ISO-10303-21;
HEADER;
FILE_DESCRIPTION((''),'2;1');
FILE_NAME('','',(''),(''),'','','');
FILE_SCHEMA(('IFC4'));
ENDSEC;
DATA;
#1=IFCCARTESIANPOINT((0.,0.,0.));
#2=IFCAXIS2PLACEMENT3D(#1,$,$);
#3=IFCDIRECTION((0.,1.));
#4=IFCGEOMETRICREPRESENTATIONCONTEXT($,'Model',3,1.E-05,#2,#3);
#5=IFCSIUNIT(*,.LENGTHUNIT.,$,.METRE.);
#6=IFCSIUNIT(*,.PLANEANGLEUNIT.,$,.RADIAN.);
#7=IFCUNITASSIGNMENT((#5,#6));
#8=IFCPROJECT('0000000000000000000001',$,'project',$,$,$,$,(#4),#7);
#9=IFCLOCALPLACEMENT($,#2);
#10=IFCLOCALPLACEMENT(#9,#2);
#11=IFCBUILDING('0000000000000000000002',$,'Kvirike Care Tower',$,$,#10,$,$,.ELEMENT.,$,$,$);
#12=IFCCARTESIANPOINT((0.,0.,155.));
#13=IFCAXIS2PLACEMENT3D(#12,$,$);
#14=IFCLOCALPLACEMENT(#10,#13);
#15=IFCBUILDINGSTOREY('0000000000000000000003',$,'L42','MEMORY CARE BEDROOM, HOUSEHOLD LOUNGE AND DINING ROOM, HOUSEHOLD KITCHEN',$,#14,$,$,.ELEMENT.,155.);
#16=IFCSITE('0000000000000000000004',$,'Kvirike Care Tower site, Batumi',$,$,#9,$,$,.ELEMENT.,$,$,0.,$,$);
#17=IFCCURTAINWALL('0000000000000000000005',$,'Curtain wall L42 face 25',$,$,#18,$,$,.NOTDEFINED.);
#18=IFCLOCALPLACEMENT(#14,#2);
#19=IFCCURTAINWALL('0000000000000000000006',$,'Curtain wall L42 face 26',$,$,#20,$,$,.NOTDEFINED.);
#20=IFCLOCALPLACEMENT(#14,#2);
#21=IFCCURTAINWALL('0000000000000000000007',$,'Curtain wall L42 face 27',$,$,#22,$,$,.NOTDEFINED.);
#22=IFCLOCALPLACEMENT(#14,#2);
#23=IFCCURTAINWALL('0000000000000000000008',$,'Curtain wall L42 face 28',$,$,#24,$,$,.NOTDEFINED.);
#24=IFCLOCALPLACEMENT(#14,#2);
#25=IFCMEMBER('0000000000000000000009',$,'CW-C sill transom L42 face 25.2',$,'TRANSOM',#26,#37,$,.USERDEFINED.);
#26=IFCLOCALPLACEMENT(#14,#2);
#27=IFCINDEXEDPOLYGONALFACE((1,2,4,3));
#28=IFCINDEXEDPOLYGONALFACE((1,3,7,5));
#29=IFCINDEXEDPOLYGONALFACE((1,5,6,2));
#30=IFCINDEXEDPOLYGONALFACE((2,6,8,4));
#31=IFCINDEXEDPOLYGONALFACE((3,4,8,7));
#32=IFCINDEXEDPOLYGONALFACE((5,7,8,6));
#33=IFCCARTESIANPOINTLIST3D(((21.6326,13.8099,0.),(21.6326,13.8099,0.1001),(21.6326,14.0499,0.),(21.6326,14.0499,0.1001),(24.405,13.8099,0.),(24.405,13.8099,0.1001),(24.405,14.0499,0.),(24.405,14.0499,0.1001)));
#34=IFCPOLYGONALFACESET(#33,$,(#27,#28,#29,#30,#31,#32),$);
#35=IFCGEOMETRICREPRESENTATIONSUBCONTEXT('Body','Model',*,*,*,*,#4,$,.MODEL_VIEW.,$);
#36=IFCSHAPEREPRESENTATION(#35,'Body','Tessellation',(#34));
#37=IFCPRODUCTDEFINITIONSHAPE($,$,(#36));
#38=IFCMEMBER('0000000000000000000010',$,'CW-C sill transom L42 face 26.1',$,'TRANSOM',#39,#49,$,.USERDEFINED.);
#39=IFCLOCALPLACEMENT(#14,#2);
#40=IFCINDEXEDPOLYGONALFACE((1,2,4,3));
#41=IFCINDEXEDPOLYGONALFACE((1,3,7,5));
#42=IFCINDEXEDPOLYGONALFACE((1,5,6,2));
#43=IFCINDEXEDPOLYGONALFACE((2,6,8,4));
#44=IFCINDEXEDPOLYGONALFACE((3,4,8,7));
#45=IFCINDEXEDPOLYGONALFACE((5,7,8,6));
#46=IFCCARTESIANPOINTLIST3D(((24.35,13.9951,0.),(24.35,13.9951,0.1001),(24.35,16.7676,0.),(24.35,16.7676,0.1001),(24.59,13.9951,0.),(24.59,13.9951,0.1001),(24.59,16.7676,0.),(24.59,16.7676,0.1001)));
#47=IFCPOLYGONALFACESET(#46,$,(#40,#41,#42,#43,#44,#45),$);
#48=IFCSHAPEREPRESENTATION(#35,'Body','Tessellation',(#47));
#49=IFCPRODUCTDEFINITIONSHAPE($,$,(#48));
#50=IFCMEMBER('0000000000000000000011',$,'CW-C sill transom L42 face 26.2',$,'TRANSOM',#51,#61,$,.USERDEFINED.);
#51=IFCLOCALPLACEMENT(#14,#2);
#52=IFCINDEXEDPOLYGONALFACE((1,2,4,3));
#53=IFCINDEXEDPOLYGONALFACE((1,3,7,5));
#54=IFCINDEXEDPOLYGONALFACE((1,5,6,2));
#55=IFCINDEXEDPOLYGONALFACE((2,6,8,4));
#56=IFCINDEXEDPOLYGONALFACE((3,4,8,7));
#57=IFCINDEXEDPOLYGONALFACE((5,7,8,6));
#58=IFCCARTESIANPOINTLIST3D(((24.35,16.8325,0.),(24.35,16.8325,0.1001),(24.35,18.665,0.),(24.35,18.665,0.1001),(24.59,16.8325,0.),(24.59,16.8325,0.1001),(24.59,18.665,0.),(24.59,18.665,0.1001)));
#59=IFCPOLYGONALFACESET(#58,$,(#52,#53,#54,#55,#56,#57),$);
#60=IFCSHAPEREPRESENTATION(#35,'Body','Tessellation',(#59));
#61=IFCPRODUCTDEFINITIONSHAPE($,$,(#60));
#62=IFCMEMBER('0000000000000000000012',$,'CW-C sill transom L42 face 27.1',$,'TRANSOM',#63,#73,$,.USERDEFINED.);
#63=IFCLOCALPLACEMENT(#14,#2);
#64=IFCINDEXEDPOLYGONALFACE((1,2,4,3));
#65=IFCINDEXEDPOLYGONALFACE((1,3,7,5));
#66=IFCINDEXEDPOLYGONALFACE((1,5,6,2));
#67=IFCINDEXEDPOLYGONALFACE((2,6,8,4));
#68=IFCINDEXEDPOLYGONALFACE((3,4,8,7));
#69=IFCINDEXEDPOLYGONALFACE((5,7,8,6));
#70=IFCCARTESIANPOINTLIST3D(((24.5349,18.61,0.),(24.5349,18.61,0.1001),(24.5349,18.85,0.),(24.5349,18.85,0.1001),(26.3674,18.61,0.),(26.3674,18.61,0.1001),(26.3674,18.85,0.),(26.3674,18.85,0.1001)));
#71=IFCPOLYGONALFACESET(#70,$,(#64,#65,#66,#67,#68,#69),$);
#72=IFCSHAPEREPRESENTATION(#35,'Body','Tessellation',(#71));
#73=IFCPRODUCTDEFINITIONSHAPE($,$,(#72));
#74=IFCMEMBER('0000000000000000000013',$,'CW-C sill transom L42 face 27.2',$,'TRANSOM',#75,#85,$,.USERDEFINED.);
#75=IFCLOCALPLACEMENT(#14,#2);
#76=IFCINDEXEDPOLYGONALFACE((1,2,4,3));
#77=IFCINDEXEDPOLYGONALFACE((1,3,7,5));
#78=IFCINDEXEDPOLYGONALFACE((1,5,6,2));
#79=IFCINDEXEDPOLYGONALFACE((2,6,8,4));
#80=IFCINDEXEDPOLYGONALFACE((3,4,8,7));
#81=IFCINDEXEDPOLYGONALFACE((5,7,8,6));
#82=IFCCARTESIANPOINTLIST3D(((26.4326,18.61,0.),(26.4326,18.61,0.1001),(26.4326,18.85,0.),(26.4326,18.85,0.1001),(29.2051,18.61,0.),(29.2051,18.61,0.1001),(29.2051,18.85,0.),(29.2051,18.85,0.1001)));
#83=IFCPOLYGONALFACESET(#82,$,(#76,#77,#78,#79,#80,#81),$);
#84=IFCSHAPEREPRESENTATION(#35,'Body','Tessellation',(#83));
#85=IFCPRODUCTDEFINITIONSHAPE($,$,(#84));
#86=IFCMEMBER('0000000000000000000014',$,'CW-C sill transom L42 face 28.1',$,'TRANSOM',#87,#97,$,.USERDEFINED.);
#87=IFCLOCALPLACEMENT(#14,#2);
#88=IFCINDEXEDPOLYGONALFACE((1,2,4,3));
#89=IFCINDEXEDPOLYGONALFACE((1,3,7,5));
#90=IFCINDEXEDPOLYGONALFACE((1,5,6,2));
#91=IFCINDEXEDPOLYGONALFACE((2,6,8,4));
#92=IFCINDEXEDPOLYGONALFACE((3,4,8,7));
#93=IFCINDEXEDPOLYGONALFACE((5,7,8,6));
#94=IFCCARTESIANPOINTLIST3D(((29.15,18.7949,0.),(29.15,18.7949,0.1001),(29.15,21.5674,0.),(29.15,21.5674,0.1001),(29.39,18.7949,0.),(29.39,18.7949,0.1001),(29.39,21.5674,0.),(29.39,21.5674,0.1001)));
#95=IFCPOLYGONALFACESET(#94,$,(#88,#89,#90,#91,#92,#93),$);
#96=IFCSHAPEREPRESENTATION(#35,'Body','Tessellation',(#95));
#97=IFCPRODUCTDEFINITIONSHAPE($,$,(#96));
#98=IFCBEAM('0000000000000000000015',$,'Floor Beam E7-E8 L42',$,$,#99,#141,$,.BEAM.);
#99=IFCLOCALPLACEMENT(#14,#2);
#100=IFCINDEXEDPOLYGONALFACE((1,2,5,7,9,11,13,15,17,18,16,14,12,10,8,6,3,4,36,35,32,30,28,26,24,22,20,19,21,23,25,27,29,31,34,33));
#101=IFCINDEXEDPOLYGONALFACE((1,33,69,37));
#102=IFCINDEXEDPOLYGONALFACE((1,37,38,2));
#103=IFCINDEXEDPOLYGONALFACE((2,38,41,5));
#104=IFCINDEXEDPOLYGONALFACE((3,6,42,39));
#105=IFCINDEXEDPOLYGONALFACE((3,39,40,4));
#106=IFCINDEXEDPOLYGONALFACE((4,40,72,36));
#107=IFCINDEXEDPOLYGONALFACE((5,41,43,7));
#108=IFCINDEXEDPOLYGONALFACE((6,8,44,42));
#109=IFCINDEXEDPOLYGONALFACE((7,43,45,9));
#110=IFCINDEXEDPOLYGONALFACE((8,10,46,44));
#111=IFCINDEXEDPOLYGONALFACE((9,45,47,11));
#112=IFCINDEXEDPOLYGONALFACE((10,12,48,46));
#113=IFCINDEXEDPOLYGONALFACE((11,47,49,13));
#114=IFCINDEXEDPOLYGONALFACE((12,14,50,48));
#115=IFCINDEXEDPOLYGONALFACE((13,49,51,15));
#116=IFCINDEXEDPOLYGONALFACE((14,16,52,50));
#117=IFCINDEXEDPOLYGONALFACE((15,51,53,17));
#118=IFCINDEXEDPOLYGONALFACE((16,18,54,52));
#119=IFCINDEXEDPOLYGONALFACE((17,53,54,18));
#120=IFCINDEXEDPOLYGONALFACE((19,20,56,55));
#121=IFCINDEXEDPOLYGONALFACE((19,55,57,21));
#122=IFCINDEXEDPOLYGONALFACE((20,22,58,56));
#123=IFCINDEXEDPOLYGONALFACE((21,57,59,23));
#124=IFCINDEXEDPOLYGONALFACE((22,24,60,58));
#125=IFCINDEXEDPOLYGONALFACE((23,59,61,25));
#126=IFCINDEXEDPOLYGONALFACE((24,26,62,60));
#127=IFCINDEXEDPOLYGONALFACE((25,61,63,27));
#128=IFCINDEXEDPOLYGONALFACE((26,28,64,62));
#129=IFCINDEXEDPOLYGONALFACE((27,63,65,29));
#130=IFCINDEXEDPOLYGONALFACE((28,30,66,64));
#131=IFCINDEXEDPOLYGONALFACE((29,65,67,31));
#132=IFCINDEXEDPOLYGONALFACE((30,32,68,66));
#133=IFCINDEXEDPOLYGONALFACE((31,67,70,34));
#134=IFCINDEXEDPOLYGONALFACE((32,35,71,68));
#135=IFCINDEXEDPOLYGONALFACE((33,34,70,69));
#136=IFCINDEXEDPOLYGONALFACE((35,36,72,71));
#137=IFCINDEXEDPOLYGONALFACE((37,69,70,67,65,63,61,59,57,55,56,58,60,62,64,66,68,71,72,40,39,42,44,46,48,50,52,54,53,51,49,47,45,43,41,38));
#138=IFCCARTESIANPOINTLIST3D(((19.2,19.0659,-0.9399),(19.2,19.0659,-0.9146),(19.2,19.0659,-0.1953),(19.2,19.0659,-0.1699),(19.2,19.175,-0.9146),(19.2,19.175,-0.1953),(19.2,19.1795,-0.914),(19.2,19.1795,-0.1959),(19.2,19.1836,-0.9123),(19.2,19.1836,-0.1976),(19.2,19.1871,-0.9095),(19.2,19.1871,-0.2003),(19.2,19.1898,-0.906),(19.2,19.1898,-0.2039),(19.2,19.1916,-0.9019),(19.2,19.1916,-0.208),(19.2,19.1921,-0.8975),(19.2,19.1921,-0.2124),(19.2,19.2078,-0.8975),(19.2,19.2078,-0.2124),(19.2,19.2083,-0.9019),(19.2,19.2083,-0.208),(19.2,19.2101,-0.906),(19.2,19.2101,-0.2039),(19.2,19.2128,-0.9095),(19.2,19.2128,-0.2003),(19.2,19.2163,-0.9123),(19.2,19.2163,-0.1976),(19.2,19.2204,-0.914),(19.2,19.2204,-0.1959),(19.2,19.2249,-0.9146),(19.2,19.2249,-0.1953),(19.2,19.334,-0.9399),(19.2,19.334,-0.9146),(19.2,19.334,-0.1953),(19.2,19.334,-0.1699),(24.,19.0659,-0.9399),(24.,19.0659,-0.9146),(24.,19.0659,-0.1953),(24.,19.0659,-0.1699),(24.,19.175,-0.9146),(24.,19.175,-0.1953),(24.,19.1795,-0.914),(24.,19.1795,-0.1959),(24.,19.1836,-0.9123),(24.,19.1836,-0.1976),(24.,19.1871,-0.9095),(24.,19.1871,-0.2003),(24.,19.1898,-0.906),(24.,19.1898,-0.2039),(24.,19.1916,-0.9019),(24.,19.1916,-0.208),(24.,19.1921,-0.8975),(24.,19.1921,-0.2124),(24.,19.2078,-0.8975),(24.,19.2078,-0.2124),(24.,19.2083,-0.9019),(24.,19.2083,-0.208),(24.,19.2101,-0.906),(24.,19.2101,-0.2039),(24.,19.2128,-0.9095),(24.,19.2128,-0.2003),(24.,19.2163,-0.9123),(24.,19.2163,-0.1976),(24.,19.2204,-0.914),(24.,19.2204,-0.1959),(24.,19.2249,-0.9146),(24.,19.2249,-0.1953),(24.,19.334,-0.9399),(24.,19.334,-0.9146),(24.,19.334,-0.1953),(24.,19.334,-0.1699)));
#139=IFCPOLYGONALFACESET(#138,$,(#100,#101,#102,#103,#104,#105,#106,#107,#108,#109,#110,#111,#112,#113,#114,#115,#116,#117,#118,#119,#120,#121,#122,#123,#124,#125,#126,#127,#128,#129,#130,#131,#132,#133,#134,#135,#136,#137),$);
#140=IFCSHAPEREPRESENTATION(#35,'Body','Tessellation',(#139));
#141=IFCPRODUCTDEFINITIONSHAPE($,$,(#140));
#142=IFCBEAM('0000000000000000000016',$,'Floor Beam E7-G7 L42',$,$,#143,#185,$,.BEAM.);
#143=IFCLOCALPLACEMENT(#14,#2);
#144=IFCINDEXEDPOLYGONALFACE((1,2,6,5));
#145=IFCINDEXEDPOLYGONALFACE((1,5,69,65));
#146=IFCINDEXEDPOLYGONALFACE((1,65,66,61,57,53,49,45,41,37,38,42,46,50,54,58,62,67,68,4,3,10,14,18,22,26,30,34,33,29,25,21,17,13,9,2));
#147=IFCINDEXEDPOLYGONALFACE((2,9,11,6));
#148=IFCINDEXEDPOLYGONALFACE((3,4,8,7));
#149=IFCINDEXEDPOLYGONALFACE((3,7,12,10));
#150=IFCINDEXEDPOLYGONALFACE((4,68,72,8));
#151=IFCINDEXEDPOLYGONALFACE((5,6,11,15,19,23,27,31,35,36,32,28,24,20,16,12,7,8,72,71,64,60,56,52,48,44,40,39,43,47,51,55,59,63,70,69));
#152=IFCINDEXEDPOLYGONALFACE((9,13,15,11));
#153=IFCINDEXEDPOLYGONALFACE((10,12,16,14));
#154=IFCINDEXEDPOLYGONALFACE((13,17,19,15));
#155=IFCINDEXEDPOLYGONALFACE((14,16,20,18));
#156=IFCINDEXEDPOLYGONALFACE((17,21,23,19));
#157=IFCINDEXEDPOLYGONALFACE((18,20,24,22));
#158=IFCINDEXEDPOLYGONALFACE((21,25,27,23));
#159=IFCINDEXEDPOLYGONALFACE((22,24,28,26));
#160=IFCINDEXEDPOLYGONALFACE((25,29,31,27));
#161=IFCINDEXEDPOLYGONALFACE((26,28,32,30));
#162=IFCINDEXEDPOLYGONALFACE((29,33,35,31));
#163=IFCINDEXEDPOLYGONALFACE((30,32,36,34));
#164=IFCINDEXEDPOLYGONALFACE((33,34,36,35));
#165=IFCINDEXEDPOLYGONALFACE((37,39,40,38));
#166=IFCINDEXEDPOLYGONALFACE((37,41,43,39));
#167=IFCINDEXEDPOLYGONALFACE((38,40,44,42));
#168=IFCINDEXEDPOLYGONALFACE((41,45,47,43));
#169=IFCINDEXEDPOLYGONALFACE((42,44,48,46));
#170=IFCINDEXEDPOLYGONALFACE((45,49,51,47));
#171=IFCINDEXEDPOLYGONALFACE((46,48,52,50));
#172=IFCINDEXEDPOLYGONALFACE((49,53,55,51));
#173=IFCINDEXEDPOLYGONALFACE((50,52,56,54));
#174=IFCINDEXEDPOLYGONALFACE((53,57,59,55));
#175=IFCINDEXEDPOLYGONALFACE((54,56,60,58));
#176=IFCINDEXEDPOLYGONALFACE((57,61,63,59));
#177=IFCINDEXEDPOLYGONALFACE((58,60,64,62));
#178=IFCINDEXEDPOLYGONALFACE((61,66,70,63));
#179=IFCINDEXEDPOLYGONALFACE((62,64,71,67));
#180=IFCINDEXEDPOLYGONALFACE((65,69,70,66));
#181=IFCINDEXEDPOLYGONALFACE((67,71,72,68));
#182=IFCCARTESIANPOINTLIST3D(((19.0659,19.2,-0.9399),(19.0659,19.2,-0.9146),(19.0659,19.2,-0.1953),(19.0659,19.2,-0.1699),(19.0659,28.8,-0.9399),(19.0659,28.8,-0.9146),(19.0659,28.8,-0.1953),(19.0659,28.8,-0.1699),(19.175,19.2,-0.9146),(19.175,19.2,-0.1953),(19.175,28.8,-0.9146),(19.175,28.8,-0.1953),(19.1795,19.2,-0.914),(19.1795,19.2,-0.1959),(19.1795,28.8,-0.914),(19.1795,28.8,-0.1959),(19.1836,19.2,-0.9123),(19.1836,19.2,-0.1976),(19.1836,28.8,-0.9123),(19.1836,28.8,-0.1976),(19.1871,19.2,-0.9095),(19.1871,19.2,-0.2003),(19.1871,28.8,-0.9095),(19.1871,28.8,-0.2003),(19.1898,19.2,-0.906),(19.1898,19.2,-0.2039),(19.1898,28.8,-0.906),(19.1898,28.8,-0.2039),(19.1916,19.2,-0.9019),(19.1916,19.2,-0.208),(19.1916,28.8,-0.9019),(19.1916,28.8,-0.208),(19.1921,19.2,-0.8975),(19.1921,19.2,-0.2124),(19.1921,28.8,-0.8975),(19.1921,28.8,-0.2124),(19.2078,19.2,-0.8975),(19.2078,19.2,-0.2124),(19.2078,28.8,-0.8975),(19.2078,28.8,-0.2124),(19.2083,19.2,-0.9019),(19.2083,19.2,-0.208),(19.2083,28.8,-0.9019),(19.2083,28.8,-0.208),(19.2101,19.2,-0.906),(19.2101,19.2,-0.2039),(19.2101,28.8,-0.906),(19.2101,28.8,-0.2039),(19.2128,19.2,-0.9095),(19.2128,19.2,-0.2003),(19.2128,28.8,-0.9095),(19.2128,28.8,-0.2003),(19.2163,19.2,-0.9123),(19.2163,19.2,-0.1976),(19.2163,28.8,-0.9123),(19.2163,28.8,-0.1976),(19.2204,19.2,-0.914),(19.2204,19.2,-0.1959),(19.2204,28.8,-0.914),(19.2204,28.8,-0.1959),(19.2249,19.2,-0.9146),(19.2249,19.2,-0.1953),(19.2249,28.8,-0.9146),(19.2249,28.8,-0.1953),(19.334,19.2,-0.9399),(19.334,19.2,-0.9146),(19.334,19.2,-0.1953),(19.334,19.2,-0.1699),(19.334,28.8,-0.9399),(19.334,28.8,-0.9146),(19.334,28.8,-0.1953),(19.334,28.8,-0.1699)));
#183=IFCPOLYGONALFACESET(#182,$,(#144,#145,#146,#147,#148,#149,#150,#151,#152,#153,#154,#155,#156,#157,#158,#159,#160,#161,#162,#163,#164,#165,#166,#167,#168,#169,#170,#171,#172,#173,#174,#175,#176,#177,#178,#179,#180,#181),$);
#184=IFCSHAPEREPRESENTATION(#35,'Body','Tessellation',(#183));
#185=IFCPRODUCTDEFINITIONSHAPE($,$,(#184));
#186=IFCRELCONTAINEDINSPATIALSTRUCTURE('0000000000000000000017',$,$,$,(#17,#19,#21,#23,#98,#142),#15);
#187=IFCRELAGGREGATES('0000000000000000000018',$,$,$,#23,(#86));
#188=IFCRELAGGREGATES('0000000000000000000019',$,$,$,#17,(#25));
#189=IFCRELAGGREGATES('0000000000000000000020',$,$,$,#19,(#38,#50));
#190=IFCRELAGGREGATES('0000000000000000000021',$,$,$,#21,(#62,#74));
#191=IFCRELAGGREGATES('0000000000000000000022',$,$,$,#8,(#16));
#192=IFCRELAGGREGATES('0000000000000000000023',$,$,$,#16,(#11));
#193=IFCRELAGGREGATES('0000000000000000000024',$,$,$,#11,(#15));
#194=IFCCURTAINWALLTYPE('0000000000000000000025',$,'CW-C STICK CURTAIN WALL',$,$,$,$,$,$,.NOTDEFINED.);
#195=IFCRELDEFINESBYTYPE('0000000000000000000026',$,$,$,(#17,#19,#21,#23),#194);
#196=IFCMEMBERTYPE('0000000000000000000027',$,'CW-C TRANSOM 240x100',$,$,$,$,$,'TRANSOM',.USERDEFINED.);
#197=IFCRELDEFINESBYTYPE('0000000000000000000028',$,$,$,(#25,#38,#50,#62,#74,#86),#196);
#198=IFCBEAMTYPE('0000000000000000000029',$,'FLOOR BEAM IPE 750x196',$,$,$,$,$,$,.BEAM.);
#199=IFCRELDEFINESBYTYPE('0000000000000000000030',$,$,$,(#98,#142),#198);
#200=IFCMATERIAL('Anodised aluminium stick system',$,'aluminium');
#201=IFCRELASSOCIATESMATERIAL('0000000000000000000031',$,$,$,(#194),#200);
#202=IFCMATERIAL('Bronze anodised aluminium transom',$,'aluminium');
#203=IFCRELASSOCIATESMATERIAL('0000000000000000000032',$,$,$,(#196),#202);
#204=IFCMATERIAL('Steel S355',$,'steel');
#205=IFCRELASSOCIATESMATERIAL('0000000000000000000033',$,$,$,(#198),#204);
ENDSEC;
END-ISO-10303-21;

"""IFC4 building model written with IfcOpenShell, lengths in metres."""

from ifc_helpers import new_model, si_unit, direction, frame, origin, origin_2d, place, context, subcontext, project, spatial, rectangle, i_section, extrude, material, material_profile, profile_set, type_object, element, aggregate, save


model = new_model("IFC4")

# Units and contexts
model_context = context("Model", 3, precision=1e-05, world=origin(), true_north=direction((0.0, 1.0)))
body_context = subcontext(model_context, "Body", "Model", "MODEL_VIEW")
ifc_project = project(units=[si_unit("LENGTHUNIT", "METRE"), si_unit("PLANEANGLEUNIT", "RADIAN")], contexts=[model_context])

# Site, building, storey
site_placement = place(None, origin())
site = spatial("IfcSite", under=ifc_project, at=site_placement, Name="Kvirike Care Tower site, Batumi", CompositionType="ELEMENT", RefElevation=0.0)
building_placement = place(site_placement, origin())
building = spatial("IfcBuilding", under=site, at=building_placement, Name="Kvirike Care Tower", CompositionType="ELEMENT")
storey_placement = place(building_placement, frame((0.0, 0.0, 155.0)))
storey = spatial("IfcBuildingStorey", under=building, at=storey_placement, Name="L42", Description="MEMORY CARE BEDROOM, HOUSEHOLD LOUNGE AND DINING ROOM, HOUSEHOLD KITCHEN", CompositionType="ELEMENT", Elevation=155.0)

# Curtain walls
ifc_material_1 = material(Name="Anodised aluminium stick system", Category="aluminium")
curtain_wall_type = type_object("IfcCurtainWallType", Name="CW-C STICK CURTAIN WALL", PredefinedType="NOTDEFINED", material=ifc_material_1)
curtain_wall_1_placement = place(storey_placement, origin())
curtain_wall_1 = element("IfcCurtainWall", 1, at=curtain_wall_1_placement, inside=storey, type_object=curtain_wall_type, Name="Curtain wall L42 face 25", PredefinedType="NOTDEFINED")
curtain_wall_2_placement = place(storey_placement, origin())
curtain_wall_2 = element("IfcCurtainWall", 2, at=curtain_wall_2_placement, inside=storey, type_object=curtain_wall_type, Name="Curtain wall L42 face 26", PredefinedType="NOTDEFINED")
curtain_wall_3_placement = place(storey_placement, origin())
curtain_wall_3 = element("IfcCurtainWall", 3, at=curtain_wall_3_placement, inside=storey, type_object=curtain_wall_type, Name="Curtain wall L42 face 27", PredefinedType="NOTDEFINED")

# Curtain wall
curtain_wall_4_placement = place(storey_placement, origin())
curtain_wall_4 = element("IfcCurtainWall", 4, at=curtain_wall_4_placement, inside=storey, type_object=curtain_wall_type, Name="Curtain wall L42 face 28", PredefinedType="NOTDEFINED")

# Members
ifc_material_2 = material(Name="Bronze anodised aluminium transom", Category="aluminium")
ifc_material_profile_1 = material_profile(ifc_material_2, rectangle(XDim=0.24, YDim=0.1001, at=origin_2d()), Name="CW-C TRANSOM 240x100")
ifc_profile_set_1 = profile_set([ifc_material_profile_1], Name="Bronze anodised aluminium transom")
member_type_1 = type_object("IfcMemberType", Name="CW-C TRANSOM 240x100", ElementType="TRANSOM", PredefinedType="USERDEFINED", material=ifc_profile_set_1)
member_1_placement = place(storey_placement, frame((21.6326, 13.9299, 0.05), z_axis=(1.0, 0.0, 0.0), x_axis=(0.0, 1.0, 0.0)))
member_1 = element("IfcMember", 5, at=member_1_placement, type_object=member_type_1, Name="CW-C sill transom L42 face 25.2", ObjectType="TRANSOM", PredefinedType="USERDEFINED", context=body_context, shape_type="SweptSolid", body=[
    extrude(rectangle(XDim=0.24, YDim=0.1001, at=origin_2d()), origin(), (0.0, 0.0, 1.0), 2.7725),
])
member_2_placement = place(storey_placement, frame((24.47, 13.9951, 0.05), z_axis=(0.0, 1.0, 0.0), x_axis=(-1.0, 0.0, 0.0)))
member_2 = element("IfcMember", 6, at=member_2_placement, type_object=member_type_1, Name="CW-C sill transom L42 face 26.1", ObjectType="TRANSOM", PredefinedType="USERDEFINED", context=body_context, shape_type="SweptSolid", body=[
    extrude(rectangle(XDim=0.24, YDim=0.1001, at=origin_2d()), origin(), (0.0, 0.0, 1.0), 2.7725),
])
member_3_placement = place(storey_placement, frame((24.47, 16.8325, 0.05), z_axis=(0.0, 1.0, 0.0), x_axis=(-1.0, 0.0, 0.0)))
member_3 = element("IfcMember", 7, at=member_3_placement, type_object=member_type_1, Name="CW-C sill transom L42 face 26.2", ObjectType="TRANSOM", PredefinedType="USERDEFINED", context=body_context, shape_type="SweptSolid", body=[
    extrude(rectangle(XDim=0.24, YDim=0.1001, at=origin_2d()), origin(), (0.0, 0.0, 1.0), 1.8325),
])
member_4_placement = place(storey_placement, frame((24.5349, 18.73, 0.05), z_axis=(1.0, 0.0, 0.0), x_axis=(0.0, 1.0, 0.0)))
member_4 = element("IfcMember", 8, at=member_4_placement, type_object=member_type_1, Name="CW-C sill transom L42 face 27.1", ObjectType="TRANSOM", PredefinedType="USERDEFINED", context=body_context, shape_type="SweptSolid", body=[
    extrude(rectangle(XDim=0.24, YDim=0.1001, at=origin_2d()), origin(), (0.0, 0.0, 1.0), 1.8325),
])
member_5_placement = place(storey_placement, frame((26.4326, 18.73, 0.05), z_axis=(1.0, 0.0, 0.0), x_axis=(0.0, 1.0, 0.0)))
member_5 = element("IfcMember", 9, at=member_5_placement, type_object=member_type_1, Name="CW-C sill transom L42 face 27.2", ObjectType="TRANSOM", PredefinedType="USERDEFINED", context=body_context, shape_type="SweptSolid", body=[
    extrude(rectangle(XDim=0.24, YDim=0.1001, at=origin_2d()), origin(), (0.0, 0.0, 1.0), 2.7725),
])
member_6_placement = place(storey_placement, frame((29.27, 18.7949, 0.05), z_axis=(0.0, 1.0, 0.0), x_axis=(-1.0, 0.0, 0.0)))
member_6 = element("IfcMember", 10, at=member_6_placement, type_object=member_type_1, Name="CW-C sill transom L42 face 28.1", ObjectType="TRANSOM", PredefinedType="USERDEFINED", context=body_context, shape_type="SweptSolid", body=[
    extrude(rectangle(XDim=0.24, YDim=0.1001, at=origin_2d()), origin(), (0.0, 0.0, 1.0), 2.7725),
])
aggregate(curtain_wall_4, [member_6])

# Beams
ifc_material_3 = material(Name="Steel S355", Category="steel")
ifc_material_profile_2 = material_profile(ifc_material_3, i_section(OverallWidth=0.2681, OverallDepth=0.77, WebThickness=0.0156, FlangeThickness=0.0254, FilletRadius=0.0171, at=origin_2d()), Name="IPE 750x196")
ifc_profile_set_2 = profile_set([ifc_material_profile_2], Name="Steel S355")
beam_type_1 = type_object("IfcBeamType", Name="FLOOR BEAM IPE 750x196", PredefinedType="BEAM", material=ifc_profile_set_2)
beam_1_placement = place(storey_placement, frame((19.2, 19.2, -0.5549), z_axis=(1.0, 0.0, 0.0), x_axis=(0.0, 1.0, 0.0)))
element("IfcBeam", 11, at=beam_1_placement, inside=storey, type_object=beam_type_1, Name="Floor Beam E7-E8 L42", PredefinedType="BEAM", context=body_context, shape_type="SweptSolid", body=[
    extrude(i_section(OverallWidth=0.2681, OverallDepth=0.77, WebThickness=0.0156, FlangeThickness=0.0254, FilletRadius=0.0171, at=origin_2d()), origin(), (0.0, 0.0, 1.0), 4.8),
])
beam_2_placement = place(storey_placement, frame((19.2, 19.2, -0.5549), z_axis=(0.0, 1.0, 0.0), x_axis=(-1.0, 0.0, 0.0)))
element("IfcBeam", 12, at=beam_2_placement, inside=storey, type_object=beam_type_1, Name="Floor Beam E7-G7 L42", PredefinedType="BEAM", context=body_context, shape_type="SweptSolid", body=[
    extrude(i_section(OverallWidth=0.2681, OverallDepth=0.77, WebThickness=0.0156, FlangeThickness=0.0254, FilletRadius=0.0171, at=origin_2d()), origin(), (0.0, 0.0, 1.0), 9.6001),
])

aggregate(curtain_wall_1, [member_1])
aggregate(curtain_wall_2, [member_2, member_3])
aggregate(curtain_wall_3, [member_4, member_5])

save(model, "model.ifc")
